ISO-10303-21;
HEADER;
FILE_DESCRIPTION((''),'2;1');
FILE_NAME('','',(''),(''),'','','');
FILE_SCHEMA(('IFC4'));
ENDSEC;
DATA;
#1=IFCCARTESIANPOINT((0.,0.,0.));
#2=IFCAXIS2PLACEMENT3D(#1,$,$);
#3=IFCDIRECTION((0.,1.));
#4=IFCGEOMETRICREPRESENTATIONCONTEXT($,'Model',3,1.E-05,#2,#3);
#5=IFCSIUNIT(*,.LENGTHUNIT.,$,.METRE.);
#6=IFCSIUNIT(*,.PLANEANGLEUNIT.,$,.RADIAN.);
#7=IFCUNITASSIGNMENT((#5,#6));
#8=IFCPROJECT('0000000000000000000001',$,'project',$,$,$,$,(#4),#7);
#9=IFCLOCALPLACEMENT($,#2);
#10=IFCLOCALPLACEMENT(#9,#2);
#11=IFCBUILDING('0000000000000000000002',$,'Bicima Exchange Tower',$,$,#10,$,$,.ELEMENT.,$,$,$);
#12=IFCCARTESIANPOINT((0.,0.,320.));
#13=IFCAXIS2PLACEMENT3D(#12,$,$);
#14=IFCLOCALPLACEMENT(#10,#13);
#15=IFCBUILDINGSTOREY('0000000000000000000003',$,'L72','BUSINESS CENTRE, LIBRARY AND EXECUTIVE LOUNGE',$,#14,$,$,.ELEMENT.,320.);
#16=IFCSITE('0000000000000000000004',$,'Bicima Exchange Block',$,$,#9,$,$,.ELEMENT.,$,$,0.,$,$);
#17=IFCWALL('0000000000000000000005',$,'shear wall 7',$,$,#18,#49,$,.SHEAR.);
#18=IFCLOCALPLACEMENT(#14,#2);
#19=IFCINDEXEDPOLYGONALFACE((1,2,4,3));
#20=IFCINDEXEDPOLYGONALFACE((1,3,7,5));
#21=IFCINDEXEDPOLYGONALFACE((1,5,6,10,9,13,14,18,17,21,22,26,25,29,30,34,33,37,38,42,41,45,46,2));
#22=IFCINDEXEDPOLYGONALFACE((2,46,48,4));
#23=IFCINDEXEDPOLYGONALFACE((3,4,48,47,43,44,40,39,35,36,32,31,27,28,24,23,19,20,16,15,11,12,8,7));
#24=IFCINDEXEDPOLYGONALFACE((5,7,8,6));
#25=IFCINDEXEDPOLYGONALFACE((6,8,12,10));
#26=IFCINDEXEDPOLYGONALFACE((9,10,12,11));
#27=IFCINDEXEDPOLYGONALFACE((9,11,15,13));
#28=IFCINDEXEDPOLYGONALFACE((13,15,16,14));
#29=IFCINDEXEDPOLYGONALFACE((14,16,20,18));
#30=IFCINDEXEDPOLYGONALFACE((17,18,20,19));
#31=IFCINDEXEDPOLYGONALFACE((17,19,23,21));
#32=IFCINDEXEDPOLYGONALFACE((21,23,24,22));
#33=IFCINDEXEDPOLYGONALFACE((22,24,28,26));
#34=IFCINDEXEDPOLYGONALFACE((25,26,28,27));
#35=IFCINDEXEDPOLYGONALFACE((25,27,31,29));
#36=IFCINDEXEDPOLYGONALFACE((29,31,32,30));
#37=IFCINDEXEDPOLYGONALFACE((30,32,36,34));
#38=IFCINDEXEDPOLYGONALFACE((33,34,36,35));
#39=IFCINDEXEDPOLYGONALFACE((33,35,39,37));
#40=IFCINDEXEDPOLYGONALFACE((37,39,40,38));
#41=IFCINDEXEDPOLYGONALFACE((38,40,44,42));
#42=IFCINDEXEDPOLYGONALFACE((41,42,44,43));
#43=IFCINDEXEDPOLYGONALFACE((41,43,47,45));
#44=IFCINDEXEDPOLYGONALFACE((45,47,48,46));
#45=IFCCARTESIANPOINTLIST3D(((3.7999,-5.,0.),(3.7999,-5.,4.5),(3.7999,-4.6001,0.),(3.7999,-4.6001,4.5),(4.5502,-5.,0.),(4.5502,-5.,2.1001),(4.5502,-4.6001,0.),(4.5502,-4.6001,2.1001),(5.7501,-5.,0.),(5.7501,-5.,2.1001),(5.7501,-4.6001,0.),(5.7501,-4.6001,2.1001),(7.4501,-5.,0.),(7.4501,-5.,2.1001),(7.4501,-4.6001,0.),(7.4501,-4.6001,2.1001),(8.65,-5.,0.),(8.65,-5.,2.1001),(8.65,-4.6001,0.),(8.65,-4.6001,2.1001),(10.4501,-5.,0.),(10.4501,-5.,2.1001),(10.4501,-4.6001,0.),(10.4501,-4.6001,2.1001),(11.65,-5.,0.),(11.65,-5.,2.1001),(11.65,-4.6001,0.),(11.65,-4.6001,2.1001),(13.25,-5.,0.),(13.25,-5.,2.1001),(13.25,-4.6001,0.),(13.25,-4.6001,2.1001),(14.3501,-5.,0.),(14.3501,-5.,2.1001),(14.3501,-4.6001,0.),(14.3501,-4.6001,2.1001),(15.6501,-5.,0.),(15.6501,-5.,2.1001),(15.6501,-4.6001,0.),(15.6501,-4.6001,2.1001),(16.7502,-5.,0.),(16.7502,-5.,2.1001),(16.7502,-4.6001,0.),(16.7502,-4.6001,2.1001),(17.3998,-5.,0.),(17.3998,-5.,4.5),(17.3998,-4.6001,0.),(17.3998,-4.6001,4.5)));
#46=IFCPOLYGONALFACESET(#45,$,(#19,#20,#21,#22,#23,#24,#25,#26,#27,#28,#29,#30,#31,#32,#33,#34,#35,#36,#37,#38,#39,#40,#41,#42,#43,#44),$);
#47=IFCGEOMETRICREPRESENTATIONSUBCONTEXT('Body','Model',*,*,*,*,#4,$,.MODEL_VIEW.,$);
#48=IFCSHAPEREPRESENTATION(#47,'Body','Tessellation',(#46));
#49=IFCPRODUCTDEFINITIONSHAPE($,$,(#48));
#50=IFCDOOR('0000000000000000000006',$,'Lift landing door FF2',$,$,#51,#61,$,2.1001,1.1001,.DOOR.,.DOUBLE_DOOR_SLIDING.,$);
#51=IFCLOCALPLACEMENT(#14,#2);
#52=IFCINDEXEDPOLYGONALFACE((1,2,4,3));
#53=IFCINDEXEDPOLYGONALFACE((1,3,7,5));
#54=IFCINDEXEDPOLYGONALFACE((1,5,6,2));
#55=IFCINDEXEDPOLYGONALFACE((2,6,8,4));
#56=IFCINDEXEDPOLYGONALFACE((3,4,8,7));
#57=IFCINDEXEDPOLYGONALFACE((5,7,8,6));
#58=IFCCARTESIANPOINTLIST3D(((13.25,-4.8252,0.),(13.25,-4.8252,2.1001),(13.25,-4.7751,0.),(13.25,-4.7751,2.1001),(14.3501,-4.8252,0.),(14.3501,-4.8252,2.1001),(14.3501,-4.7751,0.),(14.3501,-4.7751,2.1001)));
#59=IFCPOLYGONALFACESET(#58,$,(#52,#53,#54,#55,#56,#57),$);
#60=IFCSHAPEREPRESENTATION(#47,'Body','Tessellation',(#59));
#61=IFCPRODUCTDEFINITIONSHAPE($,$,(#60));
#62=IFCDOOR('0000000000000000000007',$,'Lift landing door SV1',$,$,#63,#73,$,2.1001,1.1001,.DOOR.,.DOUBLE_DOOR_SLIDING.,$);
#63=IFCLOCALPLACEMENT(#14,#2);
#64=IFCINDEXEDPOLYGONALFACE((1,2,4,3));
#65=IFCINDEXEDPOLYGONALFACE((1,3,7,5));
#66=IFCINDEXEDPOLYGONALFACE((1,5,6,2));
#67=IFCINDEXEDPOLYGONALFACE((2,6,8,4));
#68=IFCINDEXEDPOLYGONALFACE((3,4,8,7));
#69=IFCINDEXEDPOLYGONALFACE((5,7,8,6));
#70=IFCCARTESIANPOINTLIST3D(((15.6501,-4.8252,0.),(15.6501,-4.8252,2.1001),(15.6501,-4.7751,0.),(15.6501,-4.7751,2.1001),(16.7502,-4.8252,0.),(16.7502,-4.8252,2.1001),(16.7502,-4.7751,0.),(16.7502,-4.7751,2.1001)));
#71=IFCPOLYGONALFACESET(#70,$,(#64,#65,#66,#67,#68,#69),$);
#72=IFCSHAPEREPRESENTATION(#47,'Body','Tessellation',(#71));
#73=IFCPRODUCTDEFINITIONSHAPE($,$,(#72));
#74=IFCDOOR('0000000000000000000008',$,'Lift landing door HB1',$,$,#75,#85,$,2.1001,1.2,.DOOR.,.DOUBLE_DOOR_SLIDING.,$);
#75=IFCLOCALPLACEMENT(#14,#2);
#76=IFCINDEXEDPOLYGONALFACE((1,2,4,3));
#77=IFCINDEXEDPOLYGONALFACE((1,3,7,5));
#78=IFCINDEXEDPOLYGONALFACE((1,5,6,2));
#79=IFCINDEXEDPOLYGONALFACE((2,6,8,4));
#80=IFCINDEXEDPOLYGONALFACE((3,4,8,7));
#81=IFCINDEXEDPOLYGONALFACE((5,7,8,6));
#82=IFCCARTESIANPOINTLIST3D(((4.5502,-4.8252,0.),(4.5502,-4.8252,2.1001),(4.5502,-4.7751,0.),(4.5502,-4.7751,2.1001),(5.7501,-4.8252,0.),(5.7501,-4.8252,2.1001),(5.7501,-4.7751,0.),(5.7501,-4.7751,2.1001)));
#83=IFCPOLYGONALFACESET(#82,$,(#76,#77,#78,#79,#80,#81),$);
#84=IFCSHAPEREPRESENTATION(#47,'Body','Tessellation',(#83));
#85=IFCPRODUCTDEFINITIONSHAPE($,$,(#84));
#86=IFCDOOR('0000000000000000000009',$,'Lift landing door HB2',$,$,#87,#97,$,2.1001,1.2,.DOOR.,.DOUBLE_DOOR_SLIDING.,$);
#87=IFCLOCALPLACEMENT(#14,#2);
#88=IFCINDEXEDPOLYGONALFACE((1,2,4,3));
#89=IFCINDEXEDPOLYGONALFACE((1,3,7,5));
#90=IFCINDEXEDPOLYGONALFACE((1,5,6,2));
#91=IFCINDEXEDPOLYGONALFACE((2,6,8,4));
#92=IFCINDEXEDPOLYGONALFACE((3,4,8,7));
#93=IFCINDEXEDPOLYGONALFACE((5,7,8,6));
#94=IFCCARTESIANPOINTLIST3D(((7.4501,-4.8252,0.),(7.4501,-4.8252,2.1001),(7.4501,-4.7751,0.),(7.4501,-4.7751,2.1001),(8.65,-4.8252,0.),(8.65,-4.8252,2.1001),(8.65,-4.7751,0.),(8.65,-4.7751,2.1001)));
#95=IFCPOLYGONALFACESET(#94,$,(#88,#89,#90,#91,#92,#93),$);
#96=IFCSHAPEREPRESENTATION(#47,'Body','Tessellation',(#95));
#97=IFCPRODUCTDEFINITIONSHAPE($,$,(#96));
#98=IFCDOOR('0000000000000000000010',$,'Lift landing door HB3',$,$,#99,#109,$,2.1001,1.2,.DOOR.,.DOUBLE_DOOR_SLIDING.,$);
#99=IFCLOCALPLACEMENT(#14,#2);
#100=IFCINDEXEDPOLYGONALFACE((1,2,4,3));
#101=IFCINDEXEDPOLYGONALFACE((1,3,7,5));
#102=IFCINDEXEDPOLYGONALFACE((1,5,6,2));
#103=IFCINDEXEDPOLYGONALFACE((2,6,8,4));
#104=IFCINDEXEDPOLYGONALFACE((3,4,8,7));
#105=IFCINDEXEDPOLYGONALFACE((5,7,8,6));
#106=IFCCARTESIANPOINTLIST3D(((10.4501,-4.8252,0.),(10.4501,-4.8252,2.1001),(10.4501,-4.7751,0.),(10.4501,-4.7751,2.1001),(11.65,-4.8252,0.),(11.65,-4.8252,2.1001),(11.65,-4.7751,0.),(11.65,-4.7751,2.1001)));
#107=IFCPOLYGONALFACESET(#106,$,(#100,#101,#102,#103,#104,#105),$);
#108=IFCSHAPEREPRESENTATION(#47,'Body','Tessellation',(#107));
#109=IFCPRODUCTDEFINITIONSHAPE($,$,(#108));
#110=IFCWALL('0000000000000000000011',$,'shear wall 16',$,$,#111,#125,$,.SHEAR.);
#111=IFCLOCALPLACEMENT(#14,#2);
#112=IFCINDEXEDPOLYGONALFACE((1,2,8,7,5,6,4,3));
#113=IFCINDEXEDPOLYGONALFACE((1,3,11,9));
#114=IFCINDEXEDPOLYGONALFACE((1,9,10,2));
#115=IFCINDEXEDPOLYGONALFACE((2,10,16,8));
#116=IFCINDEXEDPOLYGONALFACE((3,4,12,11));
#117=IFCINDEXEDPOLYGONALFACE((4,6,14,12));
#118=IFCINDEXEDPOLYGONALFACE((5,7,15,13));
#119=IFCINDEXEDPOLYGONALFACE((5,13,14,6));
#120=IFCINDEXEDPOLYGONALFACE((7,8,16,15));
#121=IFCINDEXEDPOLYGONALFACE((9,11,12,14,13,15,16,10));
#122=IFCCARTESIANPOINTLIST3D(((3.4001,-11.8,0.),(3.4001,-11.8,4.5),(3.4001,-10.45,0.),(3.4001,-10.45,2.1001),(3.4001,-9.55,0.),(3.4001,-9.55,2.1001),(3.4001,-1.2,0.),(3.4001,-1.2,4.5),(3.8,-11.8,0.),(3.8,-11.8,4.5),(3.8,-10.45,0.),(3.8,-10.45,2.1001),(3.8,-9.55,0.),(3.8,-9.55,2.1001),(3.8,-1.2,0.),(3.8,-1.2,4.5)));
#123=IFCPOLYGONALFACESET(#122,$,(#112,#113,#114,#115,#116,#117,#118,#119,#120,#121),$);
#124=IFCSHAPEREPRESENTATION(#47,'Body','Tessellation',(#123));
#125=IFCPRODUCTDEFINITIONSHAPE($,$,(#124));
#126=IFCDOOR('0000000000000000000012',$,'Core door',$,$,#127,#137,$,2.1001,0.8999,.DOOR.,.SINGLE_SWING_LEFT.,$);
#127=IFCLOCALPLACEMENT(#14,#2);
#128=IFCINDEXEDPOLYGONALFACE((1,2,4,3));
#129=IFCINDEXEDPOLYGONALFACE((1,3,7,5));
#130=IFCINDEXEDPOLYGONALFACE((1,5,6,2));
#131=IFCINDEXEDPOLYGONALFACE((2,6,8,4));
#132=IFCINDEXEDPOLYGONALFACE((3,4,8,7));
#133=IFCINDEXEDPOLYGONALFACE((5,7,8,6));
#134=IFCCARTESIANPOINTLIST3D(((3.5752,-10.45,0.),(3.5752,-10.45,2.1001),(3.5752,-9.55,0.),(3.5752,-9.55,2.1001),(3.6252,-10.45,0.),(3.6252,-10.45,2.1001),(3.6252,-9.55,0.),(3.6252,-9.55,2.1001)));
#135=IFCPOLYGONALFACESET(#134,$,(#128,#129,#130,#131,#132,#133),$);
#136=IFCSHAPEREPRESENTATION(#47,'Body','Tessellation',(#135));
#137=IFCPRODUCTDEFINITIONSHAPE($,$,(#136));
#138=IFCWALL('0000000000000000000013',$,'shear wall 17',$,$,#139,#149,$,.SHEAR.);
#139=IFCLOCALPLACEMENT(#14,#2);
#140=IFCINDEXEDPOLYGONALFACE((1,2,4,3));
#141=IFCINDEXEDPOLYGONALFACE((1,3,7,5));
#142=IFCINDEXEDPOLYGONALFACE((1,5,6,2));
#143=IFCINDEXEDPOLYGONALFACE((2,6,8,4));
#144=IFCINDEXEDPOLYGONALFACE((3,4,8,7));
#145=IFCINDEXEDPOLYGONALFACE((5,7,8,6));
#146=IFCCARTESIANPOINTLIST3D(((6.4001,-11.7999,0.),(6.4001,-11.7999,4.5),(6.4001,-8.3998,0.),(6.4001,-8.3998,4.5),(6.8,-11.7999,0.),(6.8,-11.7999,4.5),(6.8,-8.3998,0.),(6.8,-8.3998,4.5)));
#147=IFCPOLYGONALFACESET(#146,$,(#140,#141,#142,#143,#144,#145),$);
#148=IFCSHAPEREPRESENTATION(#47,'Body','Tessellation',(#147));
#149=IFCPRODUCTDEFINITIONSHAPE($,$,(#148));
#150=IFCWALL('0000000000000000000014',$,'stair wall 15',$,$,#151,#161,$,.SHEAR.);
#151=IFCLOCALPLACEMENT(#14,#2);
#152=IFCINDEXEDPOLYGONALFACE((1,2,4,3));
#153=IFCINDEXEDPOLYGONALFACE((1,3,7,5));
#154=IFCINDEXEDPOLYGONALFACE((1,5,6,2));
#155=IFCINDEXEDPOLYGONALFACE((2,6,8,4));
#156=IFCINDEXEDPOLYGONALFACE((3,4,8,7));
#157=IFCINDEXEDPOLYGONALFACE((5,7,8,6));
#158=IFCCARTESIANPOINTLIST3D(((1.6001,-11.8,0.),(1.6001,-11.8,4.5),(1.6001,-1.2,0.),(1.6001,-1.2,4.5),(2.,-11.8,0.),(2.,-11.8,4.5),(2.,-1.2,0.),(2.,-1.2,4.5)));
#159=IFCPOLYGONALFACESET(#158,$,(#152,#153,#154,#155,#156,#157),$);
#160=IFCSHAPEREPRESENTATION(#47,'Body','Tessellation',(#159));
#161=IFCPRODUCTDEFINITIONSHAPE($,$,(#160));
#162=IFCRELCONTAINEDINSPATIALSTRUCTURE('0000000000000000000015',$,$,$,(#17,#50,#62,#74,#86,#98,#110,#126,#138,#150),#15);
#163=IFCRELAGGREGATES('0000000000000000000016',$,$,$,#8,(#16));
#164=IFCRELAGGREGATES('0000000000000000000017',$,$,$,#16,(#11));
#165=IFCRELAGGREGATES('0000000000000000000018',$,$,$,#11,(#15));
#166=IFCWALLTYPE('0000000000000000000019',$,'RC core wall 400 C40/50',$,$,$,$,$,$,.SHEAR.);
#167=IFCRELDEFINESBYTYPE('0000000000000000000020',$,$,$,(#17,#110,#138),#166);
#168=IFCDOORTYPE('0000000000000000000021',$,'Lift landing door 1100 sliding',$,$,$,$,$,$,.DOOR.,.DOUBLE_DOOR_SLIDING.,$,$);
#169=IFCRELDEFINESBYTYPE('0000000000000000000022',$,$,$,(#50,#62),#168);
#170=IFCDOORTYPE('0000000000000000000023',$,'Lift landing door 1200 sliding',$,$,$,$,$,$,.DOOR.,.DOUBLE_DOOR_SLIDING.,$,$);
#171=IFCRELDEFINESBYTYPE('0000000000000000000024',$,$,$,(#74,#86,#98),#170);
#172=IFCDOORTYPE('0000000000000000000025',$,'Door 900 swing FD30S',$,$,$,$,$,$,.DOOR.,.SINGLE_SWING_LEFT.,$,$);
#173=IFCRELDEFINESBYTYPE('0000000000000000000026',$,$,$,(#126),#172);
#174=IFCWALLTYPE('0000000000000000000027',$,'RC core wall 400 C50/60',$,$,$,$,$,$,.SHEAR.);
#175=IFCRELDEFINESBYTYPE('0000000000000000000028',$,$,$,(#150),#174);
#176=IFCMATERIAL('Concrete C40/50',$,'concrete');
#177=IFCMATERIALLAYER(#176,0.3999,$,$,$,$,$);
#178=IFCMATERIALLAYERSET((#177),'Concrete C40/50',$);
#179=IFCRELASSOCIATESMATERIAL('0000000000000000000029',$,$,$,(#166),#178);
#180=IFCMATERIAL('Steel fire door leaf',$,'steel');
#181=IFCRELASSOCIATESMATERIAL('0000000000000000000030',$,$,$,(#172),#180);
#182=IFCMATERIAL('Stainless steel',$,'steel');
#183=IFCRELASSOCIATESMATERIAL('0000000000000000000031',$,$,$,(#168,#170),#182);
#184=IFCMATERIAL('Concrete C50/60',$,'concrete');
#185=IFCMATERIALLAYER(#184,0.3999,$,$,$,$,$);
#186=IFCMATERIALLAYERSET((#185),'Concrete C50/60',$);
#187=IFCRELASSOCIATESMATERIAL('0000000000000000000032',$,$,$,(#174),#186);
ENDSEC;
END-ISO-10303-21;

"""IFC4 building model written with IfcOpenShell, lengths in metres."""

from ifc_helpers import new_model, si_unit, direction, frame, frame_2d, origin, place, context, subcontext, project, spatial, rectangle, extrude, material, layer, layer_set, type_object, element, fill, save


model = new_model("IFC4")

# Units and contexts
model_context = context("Model", 3, precision=1e-05, world=origin(), true_north=direction((0.0, 1.0)))
body_context = subcontext(model_context, "Body", "Model", "MODEL_VIEW")
ifc_project = project(units=[si_unit("LENGTHUNIT", "METRE"), si_unit("PLANEANGLEUNIT", "RADIAN")], contexts=[model_context])

# Site, building, storey
site_placement = place(None, origin())
site = spatial("IfcSite", under=ifc_project, at=site_placement, Name="Bicima Exchange Block", CompositionType="ELEMENT", RefElevation=0.0)
building_placement = place(site_placement, origin())
building = spatial("IfcBuilding", under=site, at=building_placement, Name="Bicima Exchange Tower", CompositionType="ELEMENT")
storey_placement = place(building_placement, frame((0.0, 0.0, 320.0)))
storey = spatial("IfcBuildingStorey", under=building, at=storey_placement, Name="L72", Description="BUSINESS CENTRE, LIBRARY AND EXECUTIVE LOUNGE", CompositionType="ELEMENT", Elevation=320.0)

# Shared definitions
ifc_material_1 = material(Name="Concrete C50/60", Category="concrete")

# Shared definitions
ifc_material_2 = material(Name="Concrete C40/50", Category="concrete")
ifc_layer_1 = layer(ifc_material_2, 0.3999)
ifc_layer_set_1 = layer_set([ifc_layer_1], Name="Concrete C40/50")
wall_type_1 = type_object("IfcWallType", Name="RC core wall 400 C40/50", PredefinedType="SHEAR", material=ifc_layer_set_1)
ifc_material_3 = material(Name="Steel fire door leaf", Category="steel")
door_type_1 = type_object("IfcDoorType", Name="Door 900 swing FD30S", OperationType="SINGLE_SWING_LEFT", PredefinedType="DOOR", material=ifc_material_3)

# Wall, openings, doors
wall_1_placement = place(storey_placement, frame((3.8, -4.8, 0.0), z_axis=(0.0, 0.0, 1.0), x_axis=(1.0, 0.0, 0.0)))
wall_1 = element("IfcWall", 1, at=wall_1_placement, inside=storey, type_object=wall_type_1, Name="shear wall 7", PredefinedType="SHEAR", context=body_context, shape_type="SweptSolid", body=[
    extrude(rectangle(XDim=13.5999, YDim=0.3999, at=frame_2d((6.7998, 0.0))), origin(), (0.0, 0.0, 1.0), 4.5),
])
opening_1_placement = place(wall_1_placement, frame((0.75, 0.0, 0.0)))
opening_1 = element("IfcOpeningElement", 2, at=opening_1_placement, cuts=wall_1, PredefinedType="OPENING", context=body_context, shape_type="SweptSolid", body=[
    extrude(rectangle(XDim=1.2, YDim=2.1001, at=frame_2d((0.6001, 1.05))), frame((0.0, 0.2119, 0.0), z_axis=(0.0, -1.0, 0.0), x_axis=(1.0, 0.0, 0.0)), (0.0, 0.0, 1.0), 0.4238),
])
opening_2_placement = place(wall_1_placement, frame((3.6499, 0.0, 0.0)))
opening_2 = element("IfcOpeningElement", 3, at=opening_2_placement, cuts=wall_1, PredefinedType="OPENING", context=body_context, shape_type="SweptSolid", body=[
    extrude(rectangle(XDim=1.2, YDim=2.1001, at=frame_2d((0.6001, 1.05))), frame((0.0, 0.2119, 0.0), z_axis=(0.0, -1.0, 0.0), x_axis=(1.0, 0.0, 0.0)), (0.0, 0.0, 1.0), 0.4238),
])
opening_3_placement = place(wall_1_placement, frame((6.6499, 0.0, 0.0)))
opening_3 = element("IfcOpeningElement", 4, at=opening_3_placement, cuts=wall_1, PredefinedType="OPENING", context=body_context, shape_type="SweptSolid", body=[
    extrude(rectangle(XDim=1.2, YDim=2.1001, at=frame_2d((0.6001, 1.05))), frame((0.0, 0.2119, 0.0), z_axis=(0.0, -1.0, 0.0), x_axis=(1.0, 0.0, 0.0)), (0.0, 0.0, 1.0), 0.4238),
])
opening_4_placement = place(wall_1_placement, frame((9.45, 0.0, 0.0)))
opening_4 = element("IfcOpeningElement", 5, at=opening_4_placement, cuts=wall_1, PredefinedType="OPENING", context=body_context, shape_type="SweptSolid", body=[
    extrude(rectangle(XDim=1.1001, YDim=2.1001, at=frame_2d((0.55, 1.05))), frame((0.0, 0.2119, 0.0), z_axis=(0.0, -1.0, 0.0), x_axis=(1.0, 0.0, 0.0)), (0.0, 0.0, 1.0), 0.4238),
])
opening_5_placement = place(wall_1_placement, frame((11.8501, 0.0, 0.0)))
opening_5 = element("IfcOpeningElement", 6, at=opening_5_placement, cuts=wall_1, PredefinedType="OPENING", context=body_context, shape_type="SweptSolid", body=[
    extrude(rectangle(XDim=1.1001, YDim=2.1001, at=frame_2d((0.55, 1.05))), frame((0.0, 0.2119, 0.0), z_axis=(0.0, -1.0, 0.0), x_axis=(1.0, 0.0, 0.0)), (0.0, 0.0, 1.0), 0.4238),
])
ifc_material_4 = material(Name="Stainless steel", Category="steel")
door_type_2 = type_object("IfcDoorType", Name="Lift landing door 1100 sliding", OperationType="DOUBLE_DOOR_SLIDING", PredefinedType="DOOR", material=ifc_material_4)
door_1_placement = place(opening_4_placement, origin())
door_1 = element("IfcDoor", 7, at=door_1_placement, inside=storey, type_object=door_type_2, Name="Lift landing door FF2", OperationType="DOUBLE_DOOR_SLIDING", OverallHeight=2.1001, OverallWidth=1.1001, PredefinedType="DOOR", context=body_context, shape_type="SweptSolid", body=[
    extrude(rectangle(XDim=1.1001, YDim=2.1001, at=frame_2d((0.55, 1.05))), frame((0.0, 0.0249, 0.0), z_axis=(0.0, -1.0, 0.0), x_axis=(1.0, 0.0, 0.0)), (0.0, 0.0, 1.0), 0.05),
])
fill(opening_4, door_1)
door_2_placement = place(opening_5_placement, origin())
door_2 = element("IfcDoor", 8, at=door_2_placement, inside=storey, type_object=door_type_2, Name="Lift landing door SV1", OperationType="DOUBLE_DOOR_SLIDING", OverallHeight=2.1001, OverallWidth=1.1001, PredefinedType="DOOR", context=body_context, shape_type="SweptSolid", body=[
    extrude(rectangle(XDim=1.1001, YDim=2.1001, at=frame_2d((0.55, 1.05))), frame((0.0, 0.0249, 0.0), z_axis=(0.0, -1.0, 0.0), x_axis=(1.0, 0.0, 0.0)), (0.0, 0.0, 1.0), 0.05),
])
fill(opening_5, door_2)
door_type_3 = type_object("IfcDoorType", Name="Lift landing door 1200 sliding", OperationType="DOUBLE_DOOR_SLIDING", PredefinedType="DOOR", material=ifc_material_4)
door_3_placement = place(opening_1_placement, origin())
door_3 = element("IfcDoor", 9, at=door_3_placement, inside=storey, type_object=door_type_3, Name="Lift landing door HB1", OperationType="DOUBLE_DOOR_SLIDING", OverallHeight=2.1001, OverallWidth=1.2, PredefinedType="DOOR", context=body_context, shape_type="SweptSolid", body=[
    extrude(rectangle(XDim=1.2, YDim=2.1001, at=frame_2d((0.6001, 1.05))), frame((0.0, 0.0249, 0.0), z_axis=(0.0, -1.0, 0.0), x_axis=(1.0, 0.0, 0.0)), (0.0, 0.0, 1.0), 0.05),
])
fill(opening_1, door_3)
door_4_placement = place(opening_2_placement, origin())
door_4 = element("IfcDoor", 10, at=door_4_placement, inside=storey, type_object=door_type_3, Name="Lift landing door HB2", OperationType="DOUBLE_DOOR_SLIDING", OverallHeight=2.1001, OverallWidth=1.2, PredefinedType="DOOR", context=body_context, shape_type="SweptSolid", body=[
    extrude(rectangle(XDim=1.2, YDim=2.1001, at=frame_2d((0.6001, 1.05))), frame((0.0, 0.0249, 0.0), z_axis=(0.0, -1.0, 0.0), x_axis=(1.0, 0.0, 0.0)), (0.0, 0.0, 1.0), 0.05),
])
fill(opening_2, door_4)
door_5_placement = place(opening_3_placement, origin())
door_5 = element("IfcDoor", 11, at=door_5_placement, inside=storey, type_object=door_type_3, Name="Lift landing door HB3", OperationType="DOUBLE_DOOR_SLIDING", OverallHeight=2.1001, OverallWidth=1.2, PredefinedType="DOOR", context=body_context, shape_type="SweptSolid", body=[
    extrude(rectangle(XDim=1.2, YDim=2.1001, at=frame_2d((0.6001, 1.05))), frame((0.0, 0.0249, 0.0), z_axis=(0.0, -1.0, 0.0), x_axis=(1.0, 0.0, 0.0)), (0.0, 0.0, 1.0), 0.05),
])
fill(opening_3, door_5)

# Wall, opening, door
wall_2_placement = place(storey_placement, frame((3.6001, -11.8, 0.0), z_axis=(0.0, 0.0, 1.0), x_axis=(0.0, 1.0, 0.0)))
wall_2 = element("IfcWall", 12, at=wall_2_placement, inside=storey, type_object=wall_type_1, Name="shear wall 16", PredefinedType="SHEAR", context=body_context, shape_type="SweptSolid", body=[
    extrude(rectangle(XDim=10.6001, YDim=0.3999, at=frame_2d((5.3, 0.0))), origin(), (0.0, 0.0, 1.0), 4.5),
])
opening_6_placement = place(wall_2_placement, frame((1.3501, 0.0, 0.0)))
opening_6 = element("IfcOpeningElement", 13, at=opening_6_placement, cuts=wall_2, PredefinedType="OPENING", context=body_context, shape_type="SweptSolid", body=[
    extrude(rectangle(XDim=0.8999, YDim=2.1001, at=frame_2d((0.45, 1.05))), frame((0.0, 0.2119, 0.0), z_axis=(0.0, -1.0, 0.0), x_axis=(1.0, 0.0, 0.0)), (0.0, 0.0, 1.0), 0.4238),
])
door_6_placement = place(opening_6_placement, origin())
door_6 = element("IfcDoor", 14, at=door_6_placement, inside=storey, type_object=door_type_1, Name="Core door", OperationType="SINGLE_SWING_LEFT", OverallHeight=2.1001, OverallWidth=0.8999, PredefinedType="DOOR", context=body_context, shape_type="SweptSolid", body=[
    extrude(rectangle(XDim=0.8999, YDim=2.1001, at=frame_2d((0.45, 1.05))), frame((0.0, 0.0249, 0.0), z_axis=(0.0, -1.0, 0.0), x_axis=(1.0, 0.0, 0.0)), (0.0, 0.0, 1.0), 0.05),
])
fill(opening_6, door_6)

# Walls
wall_3_placement = place(storey_placement, frame((6.6001, -11.8, 0.0), z_axis=(0.0, 0.0, 1.0), x_axis=(0.0, 1.0, 0.0)))
element("IfcWall", 15, at=wall_3_placement, inside=storey, type_object=wall_type_1, Name="shear wall 17", PredefinedType="SHEAR", context=body_context, shape_type="SweptSolid", body=[
    extrude(rectangle(XDim=3.4001, YDim=0.3999, at=frame_2d((1.7002, 0.0))), origin(), (0.0, 0.0, 1.0), 4.5),
])
ifc_layer_2 = layer(ifc_material_1, 0.3999)
ifc_layer_set_2 = layer_set([ifc_layer_2], Name="Concrete C50/60")
wall_type_2 = type_object("IfcWallType", Name="RC core wall 400 C50/60", PredefinedType="SHEAR", material=ifc_layer_set_2)
wall_4_placement = place(storey_placement, frame((1.8, -11.8, 0.0), z_axis=(0.0, 0.0, 1.0), x_axis=(0.0, 1.0, 0.0)))
element("IfcWall", 16, at=wall_4_placement, inside=storey, type_object=wall_type_2, Name="stair wall 15", PredefinedType="SHEAR", context=body_context, shape_type="SweptSolid", body=[
    extrude(rectangle(XDim=10.6001, YDim=0.3999, at=frame_2d((5.3, 0.0))), origin(), (0.0, 0.0, 1.0), 4.5),
])

save(model, "model.ifc")
